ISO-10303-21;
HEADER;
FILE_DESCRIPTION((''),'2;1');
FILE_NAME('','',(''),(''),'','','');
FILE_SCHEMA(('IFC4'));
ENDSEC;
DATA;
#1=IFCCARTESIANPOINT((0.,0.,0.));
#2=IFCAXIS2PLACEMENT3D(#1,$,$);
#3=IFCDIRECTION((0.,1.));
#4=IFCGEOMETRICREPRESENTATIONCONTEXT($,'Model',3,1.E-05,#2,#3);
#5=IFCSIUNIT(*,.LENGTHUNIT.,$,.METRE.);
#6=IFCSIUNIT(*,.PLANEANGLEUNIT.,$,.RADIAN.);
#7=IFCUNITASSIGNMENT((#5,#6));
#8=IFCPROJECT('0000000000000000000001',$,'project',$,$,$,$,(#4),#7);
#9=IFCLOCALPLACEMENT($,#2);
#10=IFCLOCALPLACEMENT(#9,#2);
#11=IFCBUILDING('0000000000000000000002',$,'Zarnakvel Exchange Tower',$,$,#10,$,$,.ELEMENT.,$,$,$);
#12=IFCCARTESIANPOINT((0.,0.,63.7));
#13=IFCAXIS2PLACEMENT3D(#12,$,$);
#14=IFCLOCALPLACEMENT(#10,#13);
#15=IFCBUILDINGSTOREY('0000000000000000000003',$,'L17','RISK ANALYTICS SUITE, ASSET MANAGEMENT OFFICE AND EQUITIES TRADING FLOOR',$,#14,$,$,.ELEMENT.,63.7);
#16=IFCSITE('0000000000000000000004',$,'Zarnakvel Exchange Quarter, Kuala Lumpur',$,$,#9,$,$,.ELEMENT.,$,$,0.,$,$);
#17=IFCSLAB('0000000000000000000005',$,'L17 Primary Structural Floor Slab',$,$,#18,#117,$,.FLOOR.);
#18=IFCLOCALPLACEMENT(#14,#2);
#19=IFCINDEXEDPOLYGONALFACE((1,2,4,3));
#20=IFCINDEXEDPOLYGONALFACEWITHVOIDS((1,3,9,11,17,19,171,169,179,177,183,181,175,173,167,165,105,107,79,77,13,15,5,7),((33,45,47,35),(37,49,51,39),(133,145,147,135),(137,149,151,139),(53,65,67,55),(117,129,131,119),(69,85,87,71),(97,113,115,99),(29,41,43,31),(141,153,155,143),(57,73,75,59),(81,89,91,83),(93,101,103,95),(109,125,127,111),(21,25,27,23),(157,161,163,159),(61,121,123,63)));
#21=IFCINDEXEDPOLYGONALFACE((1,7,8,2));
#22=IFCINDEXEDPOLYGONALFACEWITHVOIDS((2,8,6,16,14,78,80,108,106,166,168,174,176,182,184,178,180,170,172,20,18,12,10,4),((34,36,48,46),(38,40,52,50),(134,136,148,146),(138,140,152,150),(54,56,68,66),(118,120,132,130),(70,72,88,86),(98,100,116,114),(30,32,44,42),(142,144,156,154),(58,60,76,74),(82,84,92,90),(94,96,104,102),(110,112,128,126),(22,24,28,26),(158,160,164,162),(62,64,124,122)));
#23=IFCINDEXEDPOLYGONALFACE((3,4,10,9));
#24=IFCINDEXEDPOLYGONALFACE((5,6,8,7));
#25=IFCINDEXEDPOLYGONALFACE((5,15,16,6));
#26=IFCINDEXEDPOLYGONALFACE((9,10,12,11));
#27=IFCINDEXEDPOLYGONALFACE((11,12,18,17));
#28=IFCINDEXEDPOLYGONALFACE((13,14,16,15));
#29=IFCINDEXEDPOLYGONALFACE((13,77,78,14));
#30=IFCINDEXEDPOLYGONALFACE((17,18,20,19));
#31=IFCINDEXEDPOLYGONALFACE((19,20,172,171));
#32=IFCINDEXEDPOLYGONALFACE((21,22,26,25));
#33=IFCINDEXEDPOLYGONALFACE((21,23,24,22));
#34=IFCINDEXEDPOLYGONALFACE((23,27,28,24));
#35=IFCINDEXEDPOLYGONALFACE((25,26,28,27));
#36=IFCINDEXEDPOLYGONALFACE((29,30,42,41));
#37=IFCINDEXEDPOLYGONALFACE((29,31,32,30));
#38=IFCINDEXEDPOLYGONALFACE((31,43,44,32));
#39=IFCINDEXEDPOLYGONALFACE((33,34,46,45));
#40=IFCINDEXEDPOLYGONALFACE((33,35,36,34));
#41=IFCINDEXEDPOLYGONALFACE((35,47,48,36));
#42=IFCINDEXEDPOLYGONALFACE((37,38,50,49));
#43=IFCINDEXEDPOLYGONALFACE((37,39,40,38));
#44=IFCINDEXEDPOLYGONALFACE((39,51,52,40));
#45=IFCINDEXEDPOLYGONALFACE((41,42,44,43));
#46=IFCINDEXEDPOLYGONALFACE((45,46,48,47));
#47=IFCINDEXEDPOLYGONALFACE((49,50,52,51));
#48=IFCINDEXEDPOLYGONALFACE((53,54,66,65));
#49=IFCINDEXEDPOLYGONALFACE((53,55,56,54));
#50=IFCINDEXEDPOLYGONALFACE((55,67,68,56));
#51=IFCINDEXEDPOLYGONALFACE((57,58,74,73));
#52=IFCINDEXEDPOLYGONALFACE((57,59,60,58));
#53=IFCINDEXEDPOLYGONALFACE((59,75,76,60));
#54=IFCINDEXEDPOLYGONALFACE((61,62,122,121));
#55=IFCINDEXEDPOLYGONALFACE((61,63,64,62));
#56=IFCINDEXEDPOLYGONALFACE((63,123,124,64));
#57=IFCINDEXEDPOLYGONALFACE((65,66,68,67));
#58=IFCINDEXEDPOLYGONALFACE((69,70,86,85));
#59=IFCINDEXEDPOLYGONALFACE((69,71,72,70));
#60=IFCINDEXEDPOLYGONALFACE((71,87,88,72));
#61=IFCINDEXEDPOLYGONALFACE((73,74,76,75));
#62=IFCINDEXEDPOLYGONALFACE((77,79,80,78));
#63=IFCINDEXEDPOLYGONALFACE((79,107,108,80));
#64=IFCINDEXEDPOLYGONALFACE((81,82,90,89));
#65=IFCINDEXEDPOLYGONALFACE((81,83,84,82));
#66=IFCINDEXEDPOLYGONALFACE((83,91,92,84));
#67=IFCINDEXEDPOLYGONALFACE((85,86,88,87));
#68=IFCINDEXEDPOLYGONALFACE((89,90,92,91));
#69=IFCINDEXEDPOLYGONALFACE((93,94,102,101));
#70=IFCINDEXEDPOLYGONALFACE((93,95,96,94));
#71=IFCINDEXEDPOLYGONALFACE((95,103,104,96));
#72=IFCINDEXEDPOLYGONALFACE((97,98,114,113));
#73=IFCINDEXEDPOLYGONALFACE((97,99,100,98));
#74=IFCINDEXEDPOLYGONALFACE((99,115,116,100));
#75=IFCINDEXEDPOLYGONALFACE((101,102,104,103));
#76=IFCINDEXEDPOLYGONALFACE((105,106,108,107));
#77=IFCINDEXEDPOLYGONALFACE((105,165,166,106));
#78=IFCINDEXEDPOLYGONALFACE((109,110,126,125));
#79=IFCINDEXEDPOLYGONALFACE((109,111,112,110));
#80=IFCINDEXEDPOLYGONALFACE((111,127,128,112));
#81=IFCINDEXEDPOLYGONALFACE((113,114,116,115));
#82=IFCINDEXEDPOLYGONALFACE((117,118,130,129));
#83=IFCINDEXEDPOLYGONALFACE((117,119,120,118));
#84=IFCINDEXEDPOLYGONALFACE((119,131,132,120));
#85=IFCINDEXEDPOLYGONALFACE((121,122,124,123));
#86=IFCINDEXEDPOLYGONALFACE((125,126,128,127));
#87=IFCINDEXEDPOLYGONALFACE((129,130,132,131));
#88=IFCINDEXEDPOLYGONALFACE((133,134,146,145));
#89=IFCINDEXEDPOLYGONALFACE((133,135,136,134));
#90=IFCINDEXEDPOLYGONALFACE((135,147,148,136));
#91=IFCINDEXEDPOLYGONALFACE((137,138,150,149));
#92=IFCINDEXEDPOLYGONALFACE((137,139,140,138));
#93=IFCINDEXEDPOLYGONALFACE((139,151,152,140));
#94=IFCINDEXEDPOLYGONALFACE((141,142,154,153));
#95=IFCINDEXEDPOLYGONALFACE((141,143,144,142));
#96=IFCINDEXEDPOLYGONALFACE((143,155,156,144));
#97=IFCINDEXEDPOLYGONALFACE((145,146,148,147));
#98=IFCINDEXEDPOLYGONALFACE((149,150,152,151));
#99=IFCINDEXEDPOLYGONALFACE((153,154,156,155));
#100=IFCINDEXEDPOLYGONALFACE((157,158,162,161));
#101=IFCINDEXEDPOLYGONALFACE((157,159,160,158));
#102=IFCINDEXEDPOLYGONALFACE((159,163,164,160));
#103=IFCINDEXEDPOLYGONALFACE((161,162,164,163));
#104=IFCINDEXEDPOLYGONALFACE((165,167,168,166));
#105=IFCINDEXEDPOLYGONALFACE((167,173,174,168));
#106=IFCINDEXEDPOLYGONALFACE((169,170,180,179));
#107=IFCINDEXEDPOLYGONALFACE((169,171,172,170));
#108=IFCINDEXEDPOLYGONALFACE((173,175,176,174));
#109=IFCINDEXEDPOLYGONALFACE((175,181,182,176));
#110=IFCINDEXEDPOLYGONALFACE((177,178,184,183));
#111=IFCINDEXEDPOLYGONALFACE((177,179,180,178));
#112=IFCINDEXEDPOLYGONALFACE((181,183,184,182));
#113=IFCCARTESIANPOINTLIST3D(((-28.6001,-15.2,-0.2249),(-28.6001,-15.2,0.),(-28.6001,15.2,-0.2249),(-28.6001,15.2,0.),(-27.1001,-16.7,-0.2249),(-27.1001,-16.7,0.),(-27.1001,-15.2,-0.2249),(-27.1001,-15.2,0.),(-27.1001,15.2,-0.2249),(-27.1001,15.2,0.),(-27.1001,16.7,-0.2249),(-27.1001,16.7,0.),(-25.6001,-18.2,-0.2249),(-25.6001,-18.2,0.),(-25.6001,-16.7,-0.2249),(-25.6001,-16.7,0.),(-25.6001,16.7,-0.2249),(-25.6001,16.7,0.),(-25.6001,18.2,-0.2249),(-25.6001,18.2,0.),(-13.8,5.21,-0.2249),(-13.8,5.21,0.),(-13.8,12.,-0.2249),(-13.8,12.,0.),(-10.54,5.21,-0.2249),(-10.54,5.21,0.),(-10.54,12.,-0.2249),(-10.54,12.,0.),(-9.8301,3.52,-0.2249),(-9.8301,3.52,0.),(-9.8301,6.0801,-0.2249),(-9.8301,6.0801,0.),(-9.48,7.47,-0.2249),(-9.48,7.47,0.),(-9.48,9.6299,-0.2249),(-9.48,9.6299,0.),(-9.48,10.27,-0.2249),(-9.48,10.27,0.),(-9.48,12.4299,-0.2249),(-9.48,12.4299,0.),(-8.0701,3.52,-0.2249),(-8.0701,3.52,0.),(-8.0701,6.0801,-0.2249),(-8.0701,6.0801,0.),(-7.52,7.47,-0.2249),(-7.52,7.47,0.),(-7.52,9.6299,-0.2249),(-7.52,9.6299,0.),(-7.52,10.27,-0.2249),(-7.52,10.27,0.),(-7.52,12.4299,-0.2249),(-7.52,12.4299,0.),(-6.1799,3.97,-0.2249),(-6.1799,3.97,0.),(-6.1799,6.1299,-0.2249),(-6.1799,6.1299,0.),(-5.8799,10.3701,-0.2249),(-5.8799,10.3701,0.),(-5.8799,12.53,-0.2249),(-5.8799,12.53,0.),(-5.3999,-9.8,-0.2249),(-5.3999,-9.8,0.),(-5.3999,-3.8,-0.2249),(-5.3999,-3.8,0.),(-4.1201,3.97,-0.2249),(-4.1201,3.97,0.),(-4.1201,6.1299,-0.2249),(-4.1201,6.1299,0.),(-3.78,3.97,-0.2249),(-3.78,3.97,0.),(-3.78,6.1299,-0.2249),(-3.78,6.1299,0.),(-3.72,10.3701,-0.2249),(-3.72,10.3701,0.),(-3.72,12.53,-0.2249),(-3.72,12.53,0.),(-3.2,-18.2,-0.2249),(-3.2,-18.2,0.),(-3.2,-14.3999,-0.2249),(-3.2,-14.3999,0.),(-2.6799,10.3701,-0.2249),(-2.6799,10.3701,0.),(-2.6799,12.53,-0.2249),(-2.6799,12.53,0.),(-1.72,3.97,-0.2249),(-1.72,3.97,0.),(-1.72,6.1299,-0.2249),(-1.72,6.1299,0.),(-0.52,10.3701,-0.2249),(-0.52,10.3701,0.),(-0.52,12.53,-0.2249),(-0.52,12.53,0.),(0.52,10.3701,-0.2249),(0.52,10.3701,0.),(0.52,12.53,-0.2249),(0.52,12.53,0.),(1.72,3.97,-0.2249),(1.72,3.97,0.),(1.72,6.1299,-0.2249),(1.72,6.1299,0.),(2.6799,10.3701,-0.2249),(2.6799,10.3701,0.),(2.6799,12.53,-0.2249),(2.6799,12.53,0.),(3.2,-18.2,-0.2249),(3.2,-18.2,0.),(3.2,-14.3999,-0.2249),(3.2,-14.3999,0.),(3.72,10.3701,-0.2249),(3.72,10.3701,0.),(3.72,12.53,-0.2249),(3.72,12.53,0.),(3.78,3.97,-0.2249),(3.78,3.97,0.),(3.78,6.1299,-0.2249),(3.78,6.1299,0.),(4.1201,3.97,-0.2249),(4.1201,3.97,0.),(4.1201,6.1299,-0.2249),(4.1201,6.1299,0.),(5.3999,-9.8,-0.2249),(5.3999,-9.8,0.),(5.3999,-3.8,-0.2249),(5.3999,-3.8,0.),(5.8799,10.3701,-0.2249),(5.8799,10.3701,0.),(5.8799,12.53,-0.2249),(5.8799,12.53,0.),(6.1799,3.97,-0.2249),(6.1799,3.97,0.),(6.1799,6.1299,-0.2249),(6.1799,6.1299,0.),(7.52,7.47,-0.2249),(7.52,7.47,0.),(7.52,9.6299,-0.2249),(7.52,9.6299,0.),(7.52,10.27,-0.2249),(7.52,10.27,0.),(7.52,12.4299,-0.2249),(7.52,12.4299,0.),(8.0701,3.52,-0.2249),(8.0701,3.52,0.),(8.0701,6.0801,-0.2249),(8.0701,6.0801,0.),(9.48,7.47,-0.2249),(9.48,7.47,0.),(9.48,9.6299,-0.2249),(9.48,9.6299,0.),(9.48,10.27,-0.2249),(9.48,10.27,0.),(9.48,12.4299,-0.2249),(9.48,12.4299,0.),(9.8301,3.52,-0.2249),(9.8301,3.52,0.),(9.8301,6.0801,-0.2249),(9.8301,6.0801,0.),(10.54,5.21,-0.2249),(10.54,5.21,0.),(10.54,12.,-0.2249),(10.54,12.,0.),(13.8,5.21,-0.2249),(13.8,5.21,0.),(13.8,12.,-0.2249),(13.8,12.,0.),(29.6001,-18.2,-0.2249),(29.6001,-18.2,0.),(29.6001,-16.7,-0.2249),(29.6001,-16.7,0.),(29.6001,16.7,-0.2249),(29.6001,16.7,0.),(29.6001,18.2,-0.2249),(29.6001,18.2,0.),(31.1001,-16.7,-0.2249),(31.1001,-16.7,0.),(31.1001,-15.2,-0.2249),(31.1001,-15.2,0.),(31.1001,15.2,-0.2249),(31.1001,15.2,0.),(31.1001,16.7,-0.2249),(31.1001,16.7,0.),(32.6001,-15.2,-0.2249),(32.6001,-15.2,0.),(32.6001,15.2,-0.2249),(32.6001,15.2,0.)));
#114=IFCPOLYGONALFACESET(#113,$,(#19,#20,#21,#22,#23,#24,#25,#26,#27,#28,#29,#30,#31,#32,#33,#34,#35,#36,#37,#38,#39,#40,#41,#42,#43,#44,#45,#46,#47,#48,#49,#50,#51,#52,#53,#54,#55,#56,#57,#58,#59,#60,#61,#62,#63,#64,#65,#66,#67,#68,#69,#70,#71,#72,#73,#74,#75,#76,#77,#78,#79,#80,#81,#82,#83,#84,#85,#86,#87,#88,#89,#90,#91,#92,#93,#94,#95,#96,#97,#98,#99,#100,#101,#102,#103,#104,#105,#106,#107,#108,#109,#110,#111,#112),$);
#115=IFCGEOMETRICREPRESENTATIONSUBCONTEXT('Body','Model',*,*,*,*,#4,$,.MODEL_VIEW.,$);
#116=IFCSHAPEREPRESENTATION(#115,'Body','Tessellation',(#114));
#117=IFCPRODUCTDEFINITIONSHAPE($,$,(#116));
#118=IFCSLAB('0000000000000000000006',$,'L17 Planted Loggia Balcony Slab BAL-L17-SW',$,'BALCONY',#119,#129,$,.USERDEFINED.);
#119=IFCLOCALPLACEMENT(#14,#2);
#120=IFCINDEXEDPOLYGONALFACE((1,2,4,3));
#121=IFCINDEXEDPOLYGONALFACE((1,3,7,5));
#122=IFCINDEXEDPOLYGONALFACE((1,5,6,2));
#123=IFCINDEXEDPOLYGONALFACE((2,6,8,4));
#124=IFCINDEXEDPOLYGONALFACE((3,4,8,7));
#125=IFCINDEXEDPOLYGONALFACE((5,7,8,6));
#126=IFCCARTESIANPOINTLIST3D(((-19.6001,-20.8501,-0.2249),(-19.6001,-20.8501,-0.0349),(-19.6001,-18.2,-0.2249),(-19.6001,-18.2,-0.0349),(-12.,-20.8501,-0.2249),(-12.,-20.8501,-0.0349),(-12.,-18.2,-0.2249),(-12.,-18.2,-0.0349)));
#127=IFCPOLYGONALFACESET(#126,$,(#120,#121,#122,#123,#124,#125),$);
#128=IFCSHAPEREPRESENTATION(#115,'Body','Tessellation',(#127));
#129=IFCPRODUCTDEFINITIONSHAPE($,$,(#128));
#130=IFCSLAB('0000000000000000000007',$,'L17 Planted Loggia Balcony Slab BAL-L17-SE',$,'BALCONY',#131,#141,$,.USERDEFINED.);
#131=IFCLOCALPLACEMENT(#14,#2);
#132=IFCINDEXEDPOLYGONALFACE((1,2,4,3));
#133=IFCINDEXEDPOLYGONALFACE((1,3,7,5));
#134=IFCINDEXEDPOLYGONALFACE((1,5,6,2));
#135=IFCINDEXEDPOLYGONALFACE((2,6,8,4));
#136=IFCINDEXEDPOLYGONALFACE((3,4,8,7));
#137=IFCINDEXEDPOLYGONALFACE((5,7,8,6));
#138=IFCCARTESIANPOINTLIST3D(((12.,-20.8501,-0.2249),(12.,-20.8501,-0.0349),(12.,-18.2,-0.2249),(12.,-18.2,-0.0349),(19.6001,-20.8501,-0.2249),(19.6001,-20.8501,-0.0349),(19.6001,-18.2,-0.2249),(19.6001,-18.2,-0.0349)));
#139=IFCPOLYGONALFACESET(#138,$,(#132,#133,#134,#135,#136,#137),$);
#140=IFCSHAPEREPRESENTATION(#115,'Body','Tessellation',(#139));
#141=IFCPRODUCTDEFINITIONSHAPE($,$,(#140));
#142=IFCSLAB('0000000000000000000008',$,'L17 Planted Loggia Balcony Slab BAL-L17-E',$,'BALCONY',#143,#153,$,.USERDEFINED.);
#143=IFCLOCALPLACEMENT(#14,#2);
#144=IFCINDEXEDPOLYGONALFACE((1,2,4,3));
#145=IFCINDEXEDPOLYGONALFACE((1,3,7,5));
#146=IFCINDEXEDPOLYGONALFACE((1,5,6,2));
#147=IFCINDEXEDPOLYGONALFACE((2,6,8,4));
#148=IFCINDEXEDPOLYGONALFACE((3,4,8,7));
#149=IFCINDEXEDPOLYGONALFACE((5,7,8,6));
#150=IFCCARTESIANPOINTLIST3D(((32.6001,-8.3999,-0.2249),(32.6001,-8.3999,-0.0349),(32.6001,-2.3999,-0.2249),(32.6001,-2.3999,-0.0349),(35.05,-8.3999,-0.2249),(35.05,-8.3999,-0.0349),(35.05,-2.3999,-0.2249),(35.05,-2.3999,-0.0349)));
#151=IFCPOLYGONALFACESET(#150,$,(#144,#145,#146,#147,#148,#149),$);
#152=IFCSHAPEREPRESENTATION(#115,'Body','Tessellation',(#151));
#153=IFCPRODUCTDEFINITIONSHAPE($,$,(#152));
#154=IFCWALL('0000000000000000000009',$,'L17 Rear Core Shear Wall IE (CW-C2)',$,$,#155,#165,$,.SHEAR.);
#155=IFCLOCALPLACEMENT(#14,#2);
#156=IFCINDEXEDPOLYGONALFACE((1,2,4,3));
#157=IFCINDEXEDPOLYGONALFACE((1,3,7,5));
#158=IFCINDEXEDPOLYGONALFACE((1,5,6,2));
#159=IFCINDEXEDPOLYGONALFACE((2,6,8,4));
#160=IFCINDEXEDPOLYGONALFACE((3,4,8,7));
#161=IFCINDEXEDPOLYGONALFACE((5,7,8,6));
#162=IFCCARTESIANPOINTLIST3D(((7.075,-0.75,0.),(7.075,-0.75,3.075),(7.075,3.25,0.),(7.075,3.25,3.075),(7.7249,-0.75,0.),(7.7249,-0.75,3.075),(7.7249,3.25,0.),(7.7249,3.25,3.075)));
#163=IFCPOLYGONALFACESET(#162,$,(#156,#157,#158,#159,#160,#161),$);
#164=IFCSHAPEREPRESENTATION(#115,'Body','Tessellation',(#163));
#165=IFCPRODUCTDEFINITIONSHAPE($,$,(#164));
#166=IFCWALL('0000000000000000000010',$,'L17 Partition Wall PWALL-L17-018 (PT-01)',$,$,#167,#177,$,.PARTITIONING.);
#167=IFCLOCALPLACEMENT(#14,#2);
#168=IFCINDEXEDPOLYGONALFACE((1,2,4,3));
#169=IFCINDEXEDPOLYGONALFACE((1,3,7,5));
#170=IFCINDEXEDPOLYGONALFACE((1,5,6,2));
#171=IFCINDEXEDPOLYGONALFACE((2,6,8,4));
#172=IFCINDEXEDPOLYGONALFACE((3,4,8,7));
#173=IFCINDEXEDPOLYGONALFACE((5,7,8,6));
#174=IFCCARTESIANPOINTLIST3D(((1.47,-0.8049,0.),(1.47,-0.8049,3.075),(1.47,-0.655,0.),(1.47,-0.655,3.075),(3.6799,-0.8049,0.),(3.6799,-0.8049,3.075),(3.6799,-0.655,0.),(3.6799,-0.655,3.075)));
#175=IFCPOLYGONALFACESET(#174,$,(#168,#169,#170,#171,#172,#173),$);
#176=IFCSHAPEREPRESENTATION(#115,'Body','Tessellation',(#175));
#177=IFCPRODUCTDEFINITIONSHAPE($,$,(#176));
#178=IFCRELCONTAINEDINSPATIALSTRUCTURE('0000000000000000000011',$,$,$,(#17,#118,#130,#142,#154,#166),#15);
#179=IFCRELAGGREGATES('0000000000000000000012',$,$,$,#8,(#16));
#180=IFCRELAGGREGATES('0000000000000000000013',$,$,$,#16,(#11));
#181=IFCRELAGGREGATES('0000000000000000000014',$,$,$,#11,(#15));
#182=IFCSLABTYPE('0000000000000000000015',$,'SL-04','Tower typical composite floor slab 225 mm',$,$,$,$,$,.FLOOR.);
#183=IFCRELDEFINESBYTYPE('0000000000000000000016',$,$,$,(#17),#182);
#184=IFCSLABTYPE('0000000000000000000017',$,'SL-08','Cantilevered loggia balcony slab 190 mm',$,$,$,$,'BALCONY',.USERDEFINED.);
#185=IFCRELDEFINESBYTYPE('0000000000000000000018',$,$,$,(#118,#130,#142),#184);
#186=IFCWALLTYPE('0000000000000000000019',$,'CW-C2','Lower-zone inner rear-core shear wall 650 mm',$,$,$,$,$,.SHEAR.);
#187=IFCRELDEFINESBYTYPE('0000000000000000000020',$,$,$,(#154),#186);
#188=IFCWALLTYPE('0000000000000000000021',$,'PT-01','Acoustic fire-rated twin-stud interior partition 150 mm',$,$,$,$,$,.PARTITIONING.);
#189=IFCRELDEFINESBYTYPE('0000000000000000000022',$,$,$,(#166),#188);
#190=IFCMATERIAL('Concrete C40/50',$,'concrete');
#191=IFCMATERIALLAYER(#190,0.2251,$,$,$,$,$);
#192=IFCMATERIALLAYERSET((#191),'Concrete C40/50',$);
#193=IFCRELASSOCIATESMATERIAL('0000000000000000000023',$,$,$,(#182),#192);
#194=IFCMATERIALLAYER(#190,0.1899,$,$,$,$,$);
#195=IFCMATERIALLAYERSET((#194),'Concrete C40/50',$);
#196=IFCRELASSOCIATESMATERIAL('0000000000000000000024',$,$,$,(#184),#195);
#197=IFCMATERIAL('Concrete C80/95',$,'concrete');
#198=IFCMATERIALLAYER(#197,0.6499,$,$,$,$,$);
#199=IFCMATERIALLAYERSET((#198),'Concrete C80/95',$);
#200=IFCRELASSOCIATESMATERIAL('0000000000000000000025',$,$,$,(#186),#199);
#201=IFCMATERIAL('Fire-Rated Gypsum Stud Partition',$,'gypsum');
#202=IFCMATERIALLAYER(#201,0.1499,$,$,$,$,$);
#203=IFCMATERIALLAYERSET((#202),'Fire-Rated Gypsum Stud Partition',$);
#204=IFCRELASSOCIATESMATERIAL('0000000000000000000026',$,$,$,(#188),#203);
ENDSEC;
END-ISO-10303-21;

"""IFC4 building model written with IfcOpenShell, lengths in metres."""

from ifc_helpers import new_model, si_unit, direction, frame, frame_2d, origin, place, context, subcontext, project, spatial, polyline, rectangle, outline, extrude, material, layer, layer_set, type_object, element, save


model = new_model("IFC4")

# Units and contexts
model_context = context("Model", 3, precision=1e-05, world=origin(), true_north=direction((0.0, 1.0)))
body_context = subcontext(model_context, "Body", "Model", "MODEL_VIEW")
ifc_project = project(units=[si_unit("LENGTHUNIT", "METRE"), si_unit("PLANEANGLEUNIT", "RADIAN")], contexts=[model_context])

# Site, building, storey
site_placement = place(None, origin())
site = spatial("IfcSite", under=ifc_project, at=site_placement, Name="Zarnakvel Exchange Quarter, Kuala Lumpur", CompositionType="ELEMENT", RefElevation=0.0)
building_placement = place(site_placement, origin())
building = spatial("IfcBuilding", under=site, at=building_placement, Name="Zarnakvel Exchange Tower", CompositionType="ELEMENT")
storey_placement = place(building_placement, frame((0.0, 0.0, 63.7)))
storey = spatial("IfcBuildingStorey", under=building, at=storey_placement, Name="L17", Description="RISK ANALYTICS SUITE, ASSET MANAGEMENT OFFICE AND EQUITIES TRADING FLOOR", CompositionType="ELEMENT", Elevation=63.7)

# Shared definitions
ifc_material_1 = material(Name="Concrete C80/95", Category="concrete")

# Shared definitions
ifc_material_2 = material(Name="Concrete C40/50", Category="concrete")

# Slabs
ifc_layer_1 = layer(ifc_material_2, 0.2251)
ifc_layer_set_1 = layer_set([ifc_layer_1], Name="Concrete C40/50")
slab_type_1 = type_object("IfcSlabType", Name="SL-04", Description="Tower typical composite floor slab 225 mm", PredefinedType="FLOOR", material=ifc_layer_set_1)
slab_1_placement = place(storey_placement, frame((0.0, 0.0, -0.2249)))
element("IfcSlab", 1, at=slab_1_placement, inside=storey, type_object=slab_type_1, Name="L17 Primary Structural Floor Slab", PredefinedType="FLOOR", context=body_context, shape_type="SweptSolid", body=[
    extrude(outline(polyline([(-28.6001, -15.2), (-27.1001, -15.2), (-27.1001, -16.7), (-25.6001, -16.7), (-25.6001, -18.2), (-3.2, -18.2), (-3.2, -14.3999), (3.2, -14.3999), (3.2, -18.2), (29.6001, -18.2), (29.6001, -16.7), (31.1001, -16.7), (31.1001, -15.2), (32.6001, -15.2), (32.6001, 15.2), (31.1001, 15.2), (31.1001, 16.7), (29.6001, 16.7), (29.6001, 18.2), (-25.6001, 18.2), (-25.6001, 16.7), (-27.1001, 16.7), (-27.1001, 15.2), (-28.6001, 15.2), (-28.6001, -15.2)]), holes=[polyline([(-5.3999, -9.8), (5.3999, -9.8), (5.3999, -3.8), (-5.3999, -3.8), (-5.3999, -9.8)]), polyline([(-13.8, 5.21), (-10.54, 5.21), (-10.54, 12.0), (-13.8, 12.0), (-13.8, 5.21)]), polyline([(10.54, 5.21), (13.8, 5.21), (13.8, 12.0), (10.54, 12.0), (10.54, 5.21)]), polyline([(-9.8301, 3.52), (-8.0701, 3.52), (-8.0701, 6.0801), (-9.8301, 6.0801), (-9.8301, 3.52)]), polyline([(8.0701, 3.52), (9.8301, 3.52), (9.8301, 6.0801), (8.0701, 6.0801), (8.0701, 3.52)]), polyline([(-5.8799, 10.3701), (-3.72, 10.3701), (-3.72, 12.53), (-5.8799, 12.53), (-5.8799, 10.3701)]), polyline([(-2.6799, 10.3701), (-0.52, 10.3701), (-0.52, 12.53), (-2.6799, 12.53), (-2.6799, 10.3701)]), polyline([(0.52, 10.3701), (2.6799, 10.3701), (2.6799, 12.53), (0.52, 12.53), (0.52, 10.3701)]), polyline([(3.72, 10.3701), (5.8799, 10.3701), (5.8799, 12.53), (3.72, 12.53), (3.72, 10.3701)]), polyline([(-6.1799, 3.97), (-4.1201, 3.97), (-4.1201, 6.1299), (-6.1799, 6.1299), (-6.1799, 3.97)]), polyline([(-3.78, 3.97), (-1.72, 3.97), (-1.72, 6.1299), (-3.78, 6.1299), (-3.78, 3.97)]), polyline([(1.72, 3.97), (3.78, 3.97), (3.78, 6.1299), (1.72, 6.1299), (1.72, 3.97)]), polyline([(4.1201, 3.97), (6.1799, 3.97), (6.1799, 6.1299), (4.1201, 6.1299), (4.1201, 3.97)]), polyline([(-9.48, 7.47), (-7.52, 7.47), (-7.52, 9.6299), (-9.48, 9.6299), (-9.48, 7.47)]), polyline([(-9.48, 10.27), (-7.52, 10.27), (-7.52, 12.4299), (-9.48, 12.4299), (-9.48, 10.27)]), polyline([(7.52, 7.47), (9.48, 7.47), (9.48, 9.6299), (7.52, 9.6299), (7.52, 7.47)]), polyline([(7.52, 10.27), (9.48, 10.27), (9.48, 12.4299), (7.52, 12.4299), (7.52, 10.27)])]), origin(), (0.0, 0.0, 1.0), 0.2249),
])
ifc_layer_2 = layer(ifc_material_2, 0.1899)
ifc_layer_set_2 = layer_set([ifc_layer_2], Name="Concrete C40/50")
slab_type_2 = type_object("IfcSlabType", Name="SL-08", Description="Cantilevered loggia balcony slab 190 mm", ElementType="BALCONY", PredefinedType="USERDEFINED", material=ifc_layer_set_2)
slab_2_placement = place(storey_placement, frame((0.0, 0.0, -0.2249)))
element("IfcSlab", 2, at=slab_2_placement, inside=storey, type_object=slab_type_2, Name="L17 Planted Loggia Balcony Slab BAL-L17-SW", ObjectType="BALCONY", PredefinedType="USERDEFINED", context=body_context, shape_type="SweptSolid", body=[
    extrude(outline(polyline([(-19.6001, -20.8501), (-12.0, -20.8501), (-12.0, -18.2), (-19.6001, -18.2), (-19.6001, -20.8501)])), origin(), (0.0, 0.0, 1.0), 0.1899),
])
slab_3_placement = place(storey_placement, frame((0.0, 0.0, -0.2249)))
element("IfcSlab", 3, at=slab_3_placement, inside=storey, type_object=slab_type_2, Name="L17 Planted Loggia Balcony Slab BAL-L17-SE", ObjectType="BALCONY", PredefinedType="USERDEFINED", context=body_context, shape_type="SweptSolid", body=[
    extrude(outline(polyline([(12.0, -20.8501), (19.6001, -20.8501), (19.6001, -18.2), (12.0, -18.2), (12.0, -20.8501)])), origin(), (0.0, 0.0, 1.0), 0.1899),
])
slab_4_placement = place(storey_placement, frame((0.0, 0.0, -0.2249)))
element("IfcSlab", 4, at=slab_4_placement, inside=storey, type_object=slab_type_2, Name="L17 Planted Loggia Balcony Slab BAL-L17-E", ObjectType="BALCONY", PredefinedType="USERDEFINED", context=body_context, shape_type="SweptSolid", body=[
    extrude(outline(polyline([(32.6001, -8.3999), (35.05, -8.3999), (35.05, -2.3999), (32.6001, -2.3999), (32.6001, -8.3999)])), origin(), (0.0, 0.0, 1.0), 0.1899),
])

# Walls
ifc_layer_3 = layer(ifc_material_1, 0.6499)
ifc_layer_set_3 = layer_set([ifc_layer_3], Name="Concrete C80/95")
wall_type_1 = type_object("IfcWallType", Name="CW-C2", Description="Lower-zone inner rear-core shear wall 650 mm", PredefinedType="SHEAR", material=ifc_layer_set_3)
wall_1_placement = place(storey_placement, frame((7.3999, -0.75, 0.0), z_axis=(0.0, 0.0, 1.0), x_axis=(0.0, 1.0, 0.0)))
element("IfcWall", 5, at=wall_1_placement, inside=storey, type_object=wall_type_1, Name="L17 Rear Core Shear Wall IE (CW-C2)", PredefinedType="SHEAR", context=body_context, shape_type="SweptSolid", body=[
    extrude(rectangle(XDim=4.0, YDim=0.6499, at=frame_2d((2.0, 0.0))), origin(), (0.0, 0.0, 1.0), 3.075),
])
ifc_material_3 = material(Name="Fire-Rated Gypsum Stud Partition", Category="gypsum")
ifc_layer_4 = layer(ifc_material_3, 0.1499)
ifc_layer_set_4 = layer_set([ifc_layer_4], Name="Fire-Rated Gypsum Stud Partition")
wall_type_2 = type_object("IfcWallType", Name="PT-01", Description="Acoustic fire-rated twin-stud interior partition 150 mm", PredefinedType="PARTITIONING", material=ifc_layer_set_4)
for number, where, z_axis, x_axis, name in (
    (6, (3.6799, -0.73, 0.0), (0.0, 0.0, 1.0), (-1.0, 0.0, 0.0), "L17 Partition Wall PWALL-L17-018 (PT-01)"),
):
    element("IfcWall", number, at=place(storey_placement, frame(where, z_axis=z_axis, x_axis=x_axis)), inside=storey, type_object=wall_type_2, Name=name, PredefinedType="PARTITIONING", context=body_context, shape_type="SweptSolid", body=[
        extrude(rectangle(XDim=2.21, YDim=0.1499, at=frame_2d((1.105, 0.0))), origin(), (0.0, 0.0, 1.0), 3.075),
    ])

save(model, "model.ifc")
